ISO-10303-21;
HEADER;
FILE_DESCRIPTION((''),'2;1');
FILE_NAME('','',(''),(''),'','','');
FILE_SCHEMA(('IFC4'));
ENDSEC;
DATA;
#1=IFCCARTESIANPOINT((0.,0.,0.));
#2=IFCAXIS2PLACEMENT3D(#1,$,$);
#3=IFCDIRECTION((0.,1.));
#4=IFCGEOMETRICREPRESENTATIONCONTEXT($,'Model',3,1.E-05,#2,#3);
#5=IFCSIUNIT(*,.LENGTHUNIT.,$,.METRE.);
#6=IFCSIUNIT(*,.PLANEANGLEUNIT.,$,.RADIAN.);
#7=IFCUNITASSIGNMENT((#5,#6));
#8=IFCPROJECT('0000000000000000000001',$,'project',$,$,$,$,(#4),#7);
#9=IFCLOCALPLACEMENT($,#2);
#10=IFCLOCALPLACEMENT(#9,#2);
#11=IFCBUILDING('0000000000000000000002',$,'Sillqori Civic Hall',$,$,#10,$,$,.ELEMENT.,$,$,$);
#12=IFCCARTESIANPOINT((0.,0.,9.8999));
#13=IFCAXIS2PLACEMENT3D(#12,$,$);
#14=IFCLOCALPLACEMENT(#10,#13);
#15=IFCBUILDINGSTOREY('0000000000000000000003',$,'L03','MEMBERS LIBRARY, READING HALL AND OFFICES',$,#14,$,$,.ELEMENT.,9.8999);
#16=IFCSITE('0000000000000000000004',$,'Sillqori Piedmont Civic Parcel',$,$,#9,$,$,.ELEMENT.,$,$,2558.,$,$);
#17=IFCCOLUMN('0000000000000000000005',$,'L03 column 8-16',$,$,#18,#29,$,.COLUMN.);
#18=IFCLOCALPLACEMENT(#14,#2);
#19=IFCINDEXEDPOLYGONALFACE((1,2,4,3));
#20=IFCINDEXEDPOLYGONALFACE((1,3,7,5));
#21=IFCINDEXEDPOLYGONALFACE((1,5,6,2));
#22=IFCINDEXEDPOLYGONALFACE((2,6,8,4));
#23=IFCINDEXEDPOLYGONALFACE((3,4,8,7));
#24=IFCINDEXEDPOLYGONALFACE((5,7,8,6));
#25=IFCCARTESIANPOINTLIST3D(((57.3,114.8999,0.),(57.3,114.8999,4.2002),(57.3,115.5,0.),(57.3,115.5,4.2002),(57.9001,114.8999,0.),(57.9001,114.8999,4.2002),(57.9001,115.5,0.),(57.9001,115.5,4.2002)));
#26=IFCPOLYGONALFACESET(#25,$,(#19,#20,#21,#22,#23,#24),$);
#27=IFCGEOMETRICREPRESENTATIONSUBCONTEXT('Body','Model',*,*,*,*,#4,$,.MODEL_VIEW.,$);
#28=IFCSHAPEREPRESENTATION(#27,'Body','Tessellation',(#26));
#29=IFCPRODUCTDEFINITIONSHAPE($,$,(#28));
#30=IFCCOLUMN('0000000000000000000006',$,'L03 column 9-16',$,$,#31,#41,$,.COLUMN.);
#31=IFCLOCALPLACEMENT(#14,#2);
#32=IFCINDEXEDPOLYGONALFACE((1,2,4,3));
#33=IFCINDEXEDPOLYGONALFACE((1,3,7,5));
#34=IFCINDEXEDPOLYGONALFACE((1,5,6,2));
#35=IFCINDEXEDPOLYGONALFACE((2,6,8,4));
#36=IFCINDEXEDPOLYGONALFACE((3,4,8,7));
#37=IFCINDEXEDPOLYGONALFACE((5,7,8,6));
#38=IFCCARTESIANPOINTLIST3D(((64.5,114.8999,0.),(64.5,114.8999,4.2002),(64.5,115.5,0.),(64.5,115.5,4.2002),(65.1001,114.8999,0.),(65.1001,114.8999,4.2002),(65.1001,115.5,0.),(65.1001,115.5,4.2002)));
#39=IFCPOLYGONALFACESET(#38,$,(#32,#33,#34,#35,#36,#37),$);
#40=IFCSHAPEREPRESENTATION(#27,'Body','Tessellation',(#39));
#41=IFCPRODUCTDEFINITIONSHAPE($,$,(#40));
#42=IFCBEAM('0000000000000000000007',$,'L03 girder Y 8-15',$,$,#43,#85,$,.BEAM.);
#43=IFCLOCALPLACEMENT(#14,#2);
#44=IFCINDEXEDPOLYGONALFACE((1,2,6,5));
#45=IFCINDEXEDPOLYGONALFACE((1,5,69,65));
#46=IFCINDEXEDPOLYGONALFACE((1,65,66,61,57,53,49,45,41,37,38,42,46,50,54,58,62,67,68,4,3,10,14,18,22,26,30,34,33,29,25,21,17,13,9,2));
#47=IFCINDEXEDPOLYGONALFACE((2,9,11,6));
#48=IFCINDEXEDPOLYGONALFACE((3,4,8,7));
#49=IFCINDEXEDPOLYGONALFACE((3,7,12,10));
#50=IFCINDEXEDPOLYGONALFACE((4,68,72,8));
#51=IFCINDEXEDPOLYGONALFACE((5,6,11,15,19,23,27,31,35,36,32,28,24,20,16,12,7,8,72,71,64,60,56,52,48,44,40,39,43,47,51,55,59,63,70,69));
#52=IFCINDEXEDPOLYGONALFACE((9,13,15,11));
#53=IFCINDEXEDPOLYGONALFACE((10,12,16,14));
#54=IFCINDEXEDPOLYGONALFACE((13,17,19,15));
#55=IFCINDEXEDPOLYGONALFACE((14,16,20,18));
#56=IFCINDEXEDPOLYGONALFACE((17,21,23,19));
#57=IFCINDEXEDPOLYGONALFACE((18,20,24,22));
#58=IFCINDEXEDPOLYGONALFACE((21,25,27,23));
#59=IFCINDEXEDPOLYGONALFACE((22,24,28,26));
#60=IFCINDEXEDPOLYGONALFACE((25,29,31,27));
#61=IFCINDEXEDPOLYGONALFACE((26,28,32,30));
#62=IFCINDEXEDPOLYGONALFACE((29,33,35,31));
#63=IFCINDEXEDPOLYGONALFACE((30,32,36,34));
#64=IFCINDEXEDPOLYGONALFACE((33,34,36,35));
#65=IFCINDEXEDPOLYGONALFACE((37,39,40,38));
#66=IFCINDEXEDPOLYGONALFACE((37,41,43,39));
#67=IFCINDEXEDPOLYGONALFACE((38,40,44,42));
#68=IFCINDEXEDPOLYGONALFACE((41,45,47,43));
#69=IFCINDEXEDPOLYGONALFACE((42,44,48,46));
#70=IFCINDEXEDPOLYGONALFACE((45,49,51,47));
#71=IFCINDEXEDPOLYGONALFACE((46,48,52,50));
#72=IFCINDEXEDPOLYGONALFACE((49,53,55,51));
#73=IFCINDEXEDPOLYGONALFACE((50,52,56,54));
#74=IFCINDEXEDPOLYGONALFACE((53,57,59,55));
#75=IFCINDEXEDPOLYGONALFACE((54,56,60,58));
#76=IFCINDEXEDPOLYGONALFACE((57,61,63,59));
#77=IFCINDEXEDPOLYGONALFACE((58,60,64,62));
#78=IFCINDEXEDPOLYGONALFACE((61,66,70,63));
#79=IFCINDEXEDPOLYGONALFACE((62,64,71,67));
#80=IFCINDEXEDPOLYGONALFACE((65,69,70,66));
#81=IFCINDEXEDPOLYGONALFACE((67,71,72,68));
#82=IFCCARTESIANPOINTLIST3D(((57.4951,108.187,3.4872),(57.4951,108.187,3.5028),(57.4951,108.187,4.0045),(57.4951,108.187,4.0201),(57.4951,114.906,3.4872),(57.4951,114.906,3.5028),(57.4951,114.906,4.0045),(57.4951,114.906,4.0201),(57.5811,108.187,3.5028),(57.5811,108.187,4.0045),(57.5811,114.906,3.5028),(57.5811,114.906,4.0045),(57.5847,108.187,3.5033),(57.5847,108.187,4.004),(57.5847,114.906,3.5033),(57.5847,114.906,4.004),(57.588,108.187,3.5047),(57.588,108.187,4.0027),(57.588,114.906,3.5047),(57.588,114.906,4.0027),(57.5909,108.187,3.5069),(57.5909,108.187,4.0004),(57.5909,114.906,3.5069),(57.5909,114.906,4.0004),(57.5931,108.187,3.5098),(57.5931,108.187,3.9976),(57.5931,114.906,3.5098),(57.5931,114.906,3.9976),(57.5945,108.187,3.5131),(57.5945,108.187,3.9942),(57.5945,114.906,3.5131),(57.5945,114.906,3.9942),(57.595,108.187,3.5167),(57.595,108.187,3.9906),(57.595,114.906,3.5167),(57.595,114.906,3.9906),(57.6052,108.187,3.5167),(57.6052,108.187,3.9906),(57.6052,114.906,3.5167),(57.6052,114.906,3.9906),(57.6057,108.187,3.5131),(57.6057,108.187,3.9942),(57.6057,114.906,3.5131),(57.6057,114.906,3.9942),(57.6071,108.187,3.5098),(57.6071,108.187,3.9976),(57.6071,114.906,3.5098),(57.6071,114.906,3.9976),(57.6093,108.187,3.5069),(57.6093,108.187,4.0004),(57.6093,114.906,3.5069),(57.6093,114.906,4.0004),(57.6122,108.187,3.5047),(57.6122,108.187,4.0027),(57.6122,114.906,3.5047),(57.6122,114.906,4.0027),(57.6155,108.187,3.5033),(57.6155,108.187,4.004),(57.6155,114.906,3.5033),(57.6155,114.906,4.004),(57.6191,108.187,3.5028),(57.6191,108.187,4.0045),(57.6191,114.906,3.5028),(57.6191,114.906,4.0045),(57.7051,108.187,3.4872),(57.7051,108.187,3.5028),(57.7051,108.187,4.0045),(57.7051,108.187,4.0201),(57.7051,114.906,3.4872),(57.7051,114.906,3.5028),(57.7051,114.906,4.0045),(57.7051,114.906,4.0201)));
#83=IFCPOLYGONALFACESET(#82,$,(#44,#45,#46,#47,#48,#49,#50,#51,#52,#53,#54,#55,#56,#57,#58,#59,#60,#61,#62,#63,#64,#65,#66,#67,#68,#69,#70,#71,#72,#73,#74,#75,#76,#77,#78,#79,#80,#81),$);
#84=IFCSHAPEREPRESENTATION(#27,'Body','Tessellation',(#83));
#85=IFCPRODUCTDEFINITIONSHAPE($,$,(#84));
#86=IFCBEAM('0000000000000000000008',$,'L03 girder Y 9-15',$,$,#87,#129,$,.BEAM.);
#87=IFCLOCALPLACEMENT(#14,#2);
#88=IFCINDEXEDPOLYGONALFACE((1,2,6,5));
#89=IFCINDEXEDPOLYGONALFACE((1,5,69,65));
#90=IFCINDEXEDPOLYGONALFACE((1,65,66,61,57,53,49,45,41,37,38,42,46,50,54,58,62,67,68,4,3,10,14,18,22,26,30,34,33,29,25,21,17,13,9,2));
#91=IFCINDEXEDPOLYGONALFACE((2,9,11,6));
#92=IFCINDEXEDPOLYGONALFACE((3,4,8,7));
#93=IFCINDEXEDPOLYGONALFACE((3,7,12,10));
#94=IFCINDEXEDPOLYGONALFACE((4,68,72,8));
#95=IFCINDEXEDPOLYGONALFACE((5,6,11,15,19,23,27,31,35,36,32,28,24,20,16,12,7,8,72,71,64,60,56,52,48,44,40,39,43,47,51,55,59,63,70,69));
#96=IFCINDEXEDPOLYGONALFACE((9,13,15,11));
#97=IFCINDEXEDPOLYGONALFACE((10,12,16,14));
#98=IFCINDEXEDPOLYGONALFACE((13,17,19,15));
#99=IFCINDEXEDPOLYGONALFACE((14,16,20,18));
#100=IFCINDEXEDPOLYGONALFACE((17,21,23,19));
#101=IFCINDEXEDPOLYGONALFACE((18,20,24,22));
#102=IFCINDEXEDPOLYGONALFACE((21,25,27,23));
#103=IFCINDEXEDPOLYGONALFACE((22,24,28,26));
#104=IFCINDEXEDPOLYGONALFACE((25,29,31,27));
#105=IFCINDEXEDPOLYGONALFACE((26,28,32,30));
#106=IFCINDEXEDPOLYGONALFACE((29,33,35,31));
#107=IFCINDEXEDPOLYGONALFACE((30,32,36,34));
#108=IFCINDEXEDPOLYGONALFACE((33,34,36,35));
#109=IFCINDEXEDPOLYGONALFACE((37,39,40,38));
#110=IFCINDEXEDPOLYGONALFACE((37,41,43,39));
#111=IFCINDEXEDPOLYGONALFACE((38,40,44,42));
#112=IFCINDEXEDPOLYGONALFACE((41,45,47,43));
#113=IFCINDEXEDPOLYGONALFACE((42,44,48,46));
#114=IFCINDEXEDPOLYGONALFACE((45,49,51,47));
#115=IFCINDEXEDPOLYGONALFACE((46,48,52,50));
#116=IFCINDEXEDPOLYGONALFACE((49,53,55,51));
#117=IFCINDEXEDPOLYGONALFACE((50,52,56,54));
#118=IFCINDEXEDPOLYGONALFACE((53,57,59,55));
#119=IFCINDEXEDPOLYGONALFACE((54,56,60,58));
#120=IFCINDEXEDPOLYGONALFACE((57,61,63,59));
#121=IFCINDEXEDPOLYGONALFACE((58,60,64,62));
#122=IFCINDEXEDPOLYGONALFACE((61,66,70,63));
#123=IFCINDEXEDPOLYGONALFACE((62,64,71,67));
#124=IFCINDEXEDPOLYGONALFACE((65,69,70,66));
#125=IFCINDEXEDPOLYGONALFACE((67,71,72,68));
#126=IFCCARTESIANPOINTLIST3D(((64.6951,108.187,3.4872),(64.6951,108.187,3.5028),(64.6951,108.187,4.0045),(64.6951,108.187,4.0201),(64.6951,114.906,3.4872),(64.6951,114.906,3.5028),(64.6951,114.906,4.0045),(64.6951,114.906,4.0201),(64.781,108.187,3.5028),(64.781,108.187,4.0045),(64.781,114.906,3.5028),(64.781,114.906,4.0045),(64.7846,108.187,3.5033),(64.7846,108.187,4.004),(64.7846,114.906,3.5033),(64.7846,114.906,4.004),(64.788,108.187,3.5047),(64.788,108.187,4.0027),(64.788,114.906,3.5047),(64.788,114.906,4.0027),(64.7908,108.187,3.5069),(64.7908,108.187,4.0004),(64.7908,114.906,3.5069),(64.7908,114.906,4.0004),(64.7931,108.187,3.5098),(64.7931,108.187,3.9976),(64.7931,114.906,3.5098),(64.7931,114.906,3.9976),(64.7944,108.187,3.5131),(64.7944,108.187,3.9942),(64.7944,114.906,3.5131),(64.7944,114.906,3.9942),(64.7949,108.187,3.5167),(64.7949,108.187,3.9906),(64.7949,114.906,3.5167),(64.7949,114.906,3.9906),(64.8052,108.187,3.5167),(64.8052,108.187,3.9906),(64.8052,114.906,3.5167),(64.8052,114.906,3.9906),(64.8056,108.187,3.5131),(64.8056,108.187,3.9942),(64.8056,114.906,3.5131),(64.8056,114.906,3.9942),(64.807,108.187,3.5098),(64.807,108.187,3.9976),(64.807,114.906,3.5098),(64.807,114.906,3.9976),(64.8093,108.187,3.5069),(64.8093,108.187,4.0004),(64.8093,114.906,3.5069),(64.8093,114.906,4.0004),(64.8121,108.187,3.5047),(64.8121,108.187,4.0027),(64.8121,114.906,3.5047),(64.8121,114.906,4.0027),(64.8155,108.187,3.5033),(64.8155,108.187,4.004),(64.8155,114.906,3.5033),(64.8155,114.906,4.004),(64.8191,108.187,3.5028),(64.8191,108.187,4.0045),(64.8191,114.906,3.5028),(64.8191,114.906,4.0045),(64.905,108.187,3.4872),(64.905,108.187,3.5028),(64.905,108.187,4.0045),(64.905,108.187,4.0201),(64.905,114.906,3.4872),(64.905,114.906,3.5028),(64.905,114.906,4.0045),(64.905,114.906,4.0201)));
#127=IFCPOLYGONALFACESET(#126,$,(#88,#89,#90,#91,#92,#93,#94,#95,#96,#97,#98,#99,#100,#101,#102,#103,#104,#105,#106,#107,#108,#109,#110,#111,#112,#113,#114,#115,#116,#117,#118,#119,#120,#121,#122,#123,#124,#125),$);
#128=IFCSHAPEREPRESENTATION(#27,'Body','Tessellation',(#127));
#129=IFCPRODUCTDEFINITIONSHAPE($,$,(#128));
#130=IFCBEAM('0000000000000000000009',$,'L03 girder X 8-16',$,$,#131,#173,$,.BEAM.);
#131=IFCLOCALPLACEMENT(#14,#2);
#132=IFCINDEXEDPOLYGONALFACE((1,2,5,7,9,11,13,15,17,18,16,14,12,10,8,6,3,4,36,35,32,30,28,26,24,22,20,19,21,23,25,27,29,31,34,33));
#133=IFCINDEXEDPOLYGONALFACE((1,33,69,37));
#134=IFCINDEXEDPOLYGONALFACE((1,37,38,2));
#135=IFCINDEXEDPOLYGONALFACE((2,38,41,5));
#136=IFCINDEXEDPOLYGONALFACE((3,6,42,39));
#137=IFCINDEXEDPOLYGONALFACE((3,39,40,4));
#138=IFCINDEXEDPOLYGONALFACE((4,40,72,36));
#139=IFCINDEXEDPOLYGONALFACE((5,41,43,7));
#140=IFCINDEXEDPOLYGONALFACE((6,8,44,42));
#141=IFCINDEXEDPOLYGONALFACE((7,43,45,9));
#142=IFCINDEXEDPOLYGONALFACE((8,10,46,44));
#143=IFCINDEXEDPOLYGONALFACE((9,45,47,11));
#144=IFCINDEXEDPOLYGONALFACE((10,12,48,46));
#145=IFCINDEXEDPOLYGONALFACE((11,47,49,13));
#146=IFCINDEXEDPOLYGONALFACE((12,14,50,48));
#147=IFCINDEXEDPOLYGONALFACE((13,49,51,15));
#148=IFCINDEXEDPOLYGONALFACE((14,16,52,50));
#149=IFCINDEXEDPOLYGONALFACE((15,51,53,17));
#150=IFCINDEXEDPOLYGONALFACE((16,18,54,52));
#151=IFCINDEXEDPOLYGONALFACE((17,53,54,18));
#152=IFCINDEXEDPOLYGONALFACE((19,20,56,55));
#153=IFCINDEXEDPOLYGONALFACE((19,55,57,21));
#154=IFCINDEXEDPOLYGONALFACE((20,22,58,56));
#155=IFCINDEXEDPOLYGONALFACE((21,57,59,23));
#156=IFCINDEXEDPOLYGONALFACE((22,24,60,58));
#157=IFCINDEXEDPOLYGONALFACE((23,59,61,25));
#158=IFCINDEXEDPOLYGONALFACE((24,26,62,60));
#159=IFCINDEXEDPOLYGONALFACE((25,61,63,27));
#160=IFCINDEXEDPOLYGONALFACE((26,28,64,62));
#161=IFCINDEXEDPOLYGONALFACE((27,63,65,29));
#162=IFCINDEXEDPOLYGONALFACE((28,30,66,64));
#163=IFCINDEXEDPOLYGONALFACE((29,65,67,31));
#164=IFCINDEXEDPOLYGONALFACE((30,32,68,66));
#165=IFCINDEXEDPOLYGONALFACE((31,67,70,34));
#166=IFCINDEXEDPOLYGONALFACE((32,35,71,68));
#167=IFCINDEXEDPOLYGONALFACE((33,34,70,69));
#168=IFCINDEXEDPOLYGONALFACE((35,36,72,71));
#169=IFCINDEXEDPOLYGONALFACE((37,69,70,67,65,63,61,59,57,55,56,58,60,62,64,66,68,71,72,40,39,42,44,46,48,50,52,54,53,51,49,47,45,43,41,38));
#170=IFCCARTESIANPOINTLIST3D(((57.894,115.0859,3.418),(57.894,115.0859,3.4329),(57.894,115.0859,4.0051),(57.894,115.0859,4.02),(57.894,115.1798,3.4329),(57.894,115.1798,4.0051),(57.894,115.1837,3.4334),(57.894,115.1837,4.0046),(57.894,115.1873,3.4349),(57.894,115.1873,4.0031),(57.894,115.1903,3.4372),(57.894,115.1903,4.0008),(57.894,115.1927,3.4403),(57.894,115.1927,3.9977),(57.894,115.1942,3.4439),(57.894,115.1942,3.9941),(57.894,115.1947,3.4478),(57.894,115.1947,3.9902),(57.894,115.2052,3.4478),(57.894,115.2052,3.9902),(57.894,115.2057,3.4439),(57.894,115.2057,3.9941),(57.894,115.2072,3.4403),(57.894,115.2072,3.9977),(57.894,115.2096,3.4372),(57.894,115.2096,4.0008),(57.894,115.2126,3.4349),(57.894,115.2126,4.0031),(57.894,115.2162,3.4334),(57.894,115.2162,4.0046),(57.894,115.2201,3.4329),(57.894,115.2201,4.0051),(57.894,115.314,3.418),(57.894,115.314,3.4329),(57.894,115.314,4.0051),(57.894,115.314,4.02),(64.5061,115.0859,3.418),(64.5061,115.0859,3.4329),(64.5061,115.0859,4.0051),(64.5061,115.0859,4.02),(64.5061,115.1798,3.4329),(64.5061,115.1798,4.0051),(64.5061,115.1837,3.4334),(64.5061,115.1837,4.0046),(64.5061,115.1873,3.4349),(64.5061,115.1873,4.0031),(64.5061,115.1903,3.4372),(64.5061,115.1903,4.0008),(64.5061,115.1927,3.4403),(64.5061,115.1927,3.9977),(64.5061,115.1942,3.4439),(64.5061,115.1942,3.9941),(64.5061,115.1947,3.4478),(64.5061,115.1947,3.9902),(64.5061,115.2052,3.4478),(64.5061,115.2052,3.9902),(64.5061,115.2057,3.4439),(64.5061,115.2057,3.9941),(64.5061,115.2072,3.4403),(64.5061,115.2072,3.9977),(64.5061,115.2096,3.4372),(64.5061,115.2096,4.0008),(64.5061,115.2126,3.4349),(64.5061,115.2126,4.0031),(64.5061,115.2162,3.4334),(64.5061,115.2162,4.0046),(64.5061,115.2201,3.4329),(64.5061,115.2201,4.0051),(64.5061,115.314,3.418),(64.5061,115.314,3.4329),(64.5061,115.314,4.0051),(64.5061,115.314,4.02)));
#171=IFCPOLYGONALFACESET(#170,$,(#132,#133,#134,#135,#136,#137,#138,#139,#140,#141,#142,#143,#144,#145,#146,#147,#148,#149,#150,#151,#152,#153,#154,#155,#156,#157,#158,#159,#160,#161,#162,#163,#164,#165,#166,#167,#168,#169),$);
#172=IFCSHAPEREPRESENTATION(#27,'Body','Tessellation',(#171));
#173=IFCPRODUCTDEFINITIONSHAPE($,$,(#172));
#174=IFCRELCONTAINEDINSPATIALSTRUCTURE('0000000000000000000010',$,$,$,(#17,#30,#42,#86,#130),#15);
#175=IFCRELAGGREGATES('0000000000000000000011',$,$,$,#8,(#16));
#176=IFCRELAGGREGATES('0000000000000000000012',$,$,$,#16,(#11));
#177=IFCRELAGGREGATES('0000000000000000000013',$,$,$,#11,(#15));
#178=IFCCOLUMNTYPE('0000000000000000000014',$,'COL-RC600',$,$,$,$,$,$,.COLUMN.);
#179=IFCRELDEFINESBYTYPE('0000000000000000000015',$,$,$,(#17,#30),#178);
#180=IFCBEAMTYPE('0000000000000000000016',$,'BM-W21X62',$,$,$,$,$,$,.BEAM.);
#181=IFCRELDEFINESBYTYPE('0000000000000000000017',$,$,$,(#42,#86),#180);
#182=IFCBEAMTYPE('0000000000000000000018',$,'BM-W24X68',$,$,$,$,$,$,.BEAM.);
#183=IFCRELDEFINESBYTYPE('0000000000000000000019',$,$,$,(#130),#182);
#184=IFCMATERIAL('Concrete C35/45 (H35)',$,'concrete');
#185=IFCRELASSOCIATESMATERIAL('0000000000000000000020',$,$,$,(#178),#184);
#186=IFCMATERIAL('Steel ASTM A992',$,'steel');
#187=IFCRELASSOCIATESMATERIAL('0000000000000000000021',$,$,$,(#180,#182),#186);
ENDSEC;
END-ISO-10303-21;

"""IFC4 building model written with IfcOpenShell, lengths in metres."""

from ifc_helpers import new_model, si_unit, direction, frame, origin, origin_2d, place, context, subcontext, project, spatial, rectangle, i_section, extrude, material, material_profile, profile_set, type_object, element, save


model = new_model("IFC4")

# Units and contexts
model_context = context("Model", 3, precision=1e-05, world=origin(), true_north=direction((0.0, 1.0)))
body_context = subcontext(model_context, "Body", "Model", "MODEL_VIEW")
ifc_project = project(units=[si_unit("LENGTHUNIT", "METRE"), si_unit("PLANEANGLEUNIT", "RADIAN")], contexts=[model_context])

# Site, building, storey
site_placement = place(None, origin())
site = spatial("IfcSite", under=ifc_project, at=site_placement, Name="Sillqori Piedmont Civic Parcel", CompositionType="ELEMENT", RefElevation=2558.0)
building_placement = place(site_placement, origin())
building = spatial("IfcBuilding", under=site, at=building_placement, Name="Sillqori Civic Hall", CompositionType="ELEMENT")
storey_placement = place(building_placement, frame((0.0, 0.0, 9.8999)))
storey = spatial("IfcBuildingStorey", under=building, at=storey_placement, Name="L03", Description="MEMBERS LIBRARY, READING HALL AND OFFICES", CompositionType="ELEMENT", Elevation=9.8999)

# Columns
ifc_material_1 = material(Name="Concrete C35/45 (H35)", Category="concrete")
ifc_material_profile_1 = material_profile(ifc_material_1, rectangle(XDim=0.6001, YDim=0.6001, at=origin_2d()), Name="RC 600x600")
ifc_profile_set_1 = profile_set([ifc_material_profile_1], Name="Concrete C35/45 (H35)")
column_type = type_object("IfcColumnType", Name="COL-RC600", PredefinedType="COLUMN", material=ifc_profile_set_1)
for number, where, z_axis, x_axis, name in (
    (1, (57.6001, 115.2, 0.0), (0.0, 0.0, 1.0), (1.0, 0.0, 0.0), "L03 column 8-16"),
    (2, (64.8, 115.2, 0.0), (0.0, 0.0, 1.0), (1.0, 0.0, 0.0), "L03 column 9-16"),
):
    element("IfcColumn", number, at=place(storey_placement, frame(where, z_axis=z_axis, x_axis=x_axis)), inside=storey, type_object=column_type, Name=name, PredefinedType="COLUMN", context=body_context, shape_type="SweptSolid", body=[
        extrude(rectangle(XDim=0.6001, YDim=0.6001, at=origin_2d()), origin(), (0.0, 0.0, 1.0), 4.2002),
    ])

# Beams
ifc_material_2 = material(Name="Steel ASTM A992", Category="steel")
ifc_material_profile_2 = material_profile(ifc_material_2, i_section(OverallWidth=0.21, OverallDepth=0.533, WebThickness=0.0103, FlangeThickness=0.0156, FilletRadius=0.0139, at=origin_2d()), Name="W21X62")
ifc_profile_set_2 = profile_set([ifc_material_profile_2], Name="Steel ASTM A992")
beam_type_1 = type_object("IfcBeamType", Name="BM-W21X62", PredefinedType="BEAM", material=ifc_profile_set_2)
for number, where, z_axis, x_axis, name in (
    (3, (57.6001, 108.187, 3.7537), (0.0, 1.0, 0.0), (-1.0, 0.0, 0.0), "L03 girder Y 8-15"),
    (4, (64.8, 108.187, 3.7537), (0.0, 1.0, 0.0), (-1.0, 0.0, 0.0), "L03 girder Y 9-15"),
):
    element("IfcBeam", number, at=place(storey_placement, frame(where, z_axis=z_axis, x_axis=x_axis)), inside=storey, type_object=beam_type_1, Name=name, PredefinedType="BEAM", context=body_context, shape_type="SweptSolid", body=[
        extrude(i_section(OverallWidth=0.21, OverallDepth=0.533, WebThickness=0.0103, FlangeThickness=0.0156, FilletRadius=0.0139, at=origin_2d()), origin(), (0.0, 0.0, 1.0), 6.719),
    ])
ifc_material_profile_3 = material_profile(ifc_material_2, i_section(OverallWidth=0.228, OverallDepth=0.6021, WebThickness=0.0105, FlangeThickness=0.0149, FilletRadius=0.0149, at=origin_2d()), Name="W24X68")
ifc_profile_set_3 = profile_set([ifc_material_profile_3], Name="Steel ASTM A992")
beam_type_2 = type_object("IfcBeamType", Name="BM-W24X68", PredefinedType="BEAM", material=ifc_profile_set_3)
for number, where, z_axis, x_axis, name in (
    (5, (57.894, 115.2, 3.719), (1.0, 0.0, 0.0), (0.0, 1.0, 0.0), "L03 girder X 8-16"),
):
    element("IfcBeam", number, at=place(storey_placement, frame(where, z_axis=z_axis, x_axis=x_axis)), inside=storey, type_object=beam_type_2, Name=name, PredefinedType="BEAM", context=body_context, shape_type="SweptSolid", body=[
        extrude(i_section(OverallWidth=0.228, OverallDepth=0.6021, WebThickness=0.0105, FlangeThickness=0.0149, FilletRadius=0.0149, at=origin_2d()), origin(), (0.0, 0.0, 1.0), 6.6121),
    ])

save(model, "model.ifc")
